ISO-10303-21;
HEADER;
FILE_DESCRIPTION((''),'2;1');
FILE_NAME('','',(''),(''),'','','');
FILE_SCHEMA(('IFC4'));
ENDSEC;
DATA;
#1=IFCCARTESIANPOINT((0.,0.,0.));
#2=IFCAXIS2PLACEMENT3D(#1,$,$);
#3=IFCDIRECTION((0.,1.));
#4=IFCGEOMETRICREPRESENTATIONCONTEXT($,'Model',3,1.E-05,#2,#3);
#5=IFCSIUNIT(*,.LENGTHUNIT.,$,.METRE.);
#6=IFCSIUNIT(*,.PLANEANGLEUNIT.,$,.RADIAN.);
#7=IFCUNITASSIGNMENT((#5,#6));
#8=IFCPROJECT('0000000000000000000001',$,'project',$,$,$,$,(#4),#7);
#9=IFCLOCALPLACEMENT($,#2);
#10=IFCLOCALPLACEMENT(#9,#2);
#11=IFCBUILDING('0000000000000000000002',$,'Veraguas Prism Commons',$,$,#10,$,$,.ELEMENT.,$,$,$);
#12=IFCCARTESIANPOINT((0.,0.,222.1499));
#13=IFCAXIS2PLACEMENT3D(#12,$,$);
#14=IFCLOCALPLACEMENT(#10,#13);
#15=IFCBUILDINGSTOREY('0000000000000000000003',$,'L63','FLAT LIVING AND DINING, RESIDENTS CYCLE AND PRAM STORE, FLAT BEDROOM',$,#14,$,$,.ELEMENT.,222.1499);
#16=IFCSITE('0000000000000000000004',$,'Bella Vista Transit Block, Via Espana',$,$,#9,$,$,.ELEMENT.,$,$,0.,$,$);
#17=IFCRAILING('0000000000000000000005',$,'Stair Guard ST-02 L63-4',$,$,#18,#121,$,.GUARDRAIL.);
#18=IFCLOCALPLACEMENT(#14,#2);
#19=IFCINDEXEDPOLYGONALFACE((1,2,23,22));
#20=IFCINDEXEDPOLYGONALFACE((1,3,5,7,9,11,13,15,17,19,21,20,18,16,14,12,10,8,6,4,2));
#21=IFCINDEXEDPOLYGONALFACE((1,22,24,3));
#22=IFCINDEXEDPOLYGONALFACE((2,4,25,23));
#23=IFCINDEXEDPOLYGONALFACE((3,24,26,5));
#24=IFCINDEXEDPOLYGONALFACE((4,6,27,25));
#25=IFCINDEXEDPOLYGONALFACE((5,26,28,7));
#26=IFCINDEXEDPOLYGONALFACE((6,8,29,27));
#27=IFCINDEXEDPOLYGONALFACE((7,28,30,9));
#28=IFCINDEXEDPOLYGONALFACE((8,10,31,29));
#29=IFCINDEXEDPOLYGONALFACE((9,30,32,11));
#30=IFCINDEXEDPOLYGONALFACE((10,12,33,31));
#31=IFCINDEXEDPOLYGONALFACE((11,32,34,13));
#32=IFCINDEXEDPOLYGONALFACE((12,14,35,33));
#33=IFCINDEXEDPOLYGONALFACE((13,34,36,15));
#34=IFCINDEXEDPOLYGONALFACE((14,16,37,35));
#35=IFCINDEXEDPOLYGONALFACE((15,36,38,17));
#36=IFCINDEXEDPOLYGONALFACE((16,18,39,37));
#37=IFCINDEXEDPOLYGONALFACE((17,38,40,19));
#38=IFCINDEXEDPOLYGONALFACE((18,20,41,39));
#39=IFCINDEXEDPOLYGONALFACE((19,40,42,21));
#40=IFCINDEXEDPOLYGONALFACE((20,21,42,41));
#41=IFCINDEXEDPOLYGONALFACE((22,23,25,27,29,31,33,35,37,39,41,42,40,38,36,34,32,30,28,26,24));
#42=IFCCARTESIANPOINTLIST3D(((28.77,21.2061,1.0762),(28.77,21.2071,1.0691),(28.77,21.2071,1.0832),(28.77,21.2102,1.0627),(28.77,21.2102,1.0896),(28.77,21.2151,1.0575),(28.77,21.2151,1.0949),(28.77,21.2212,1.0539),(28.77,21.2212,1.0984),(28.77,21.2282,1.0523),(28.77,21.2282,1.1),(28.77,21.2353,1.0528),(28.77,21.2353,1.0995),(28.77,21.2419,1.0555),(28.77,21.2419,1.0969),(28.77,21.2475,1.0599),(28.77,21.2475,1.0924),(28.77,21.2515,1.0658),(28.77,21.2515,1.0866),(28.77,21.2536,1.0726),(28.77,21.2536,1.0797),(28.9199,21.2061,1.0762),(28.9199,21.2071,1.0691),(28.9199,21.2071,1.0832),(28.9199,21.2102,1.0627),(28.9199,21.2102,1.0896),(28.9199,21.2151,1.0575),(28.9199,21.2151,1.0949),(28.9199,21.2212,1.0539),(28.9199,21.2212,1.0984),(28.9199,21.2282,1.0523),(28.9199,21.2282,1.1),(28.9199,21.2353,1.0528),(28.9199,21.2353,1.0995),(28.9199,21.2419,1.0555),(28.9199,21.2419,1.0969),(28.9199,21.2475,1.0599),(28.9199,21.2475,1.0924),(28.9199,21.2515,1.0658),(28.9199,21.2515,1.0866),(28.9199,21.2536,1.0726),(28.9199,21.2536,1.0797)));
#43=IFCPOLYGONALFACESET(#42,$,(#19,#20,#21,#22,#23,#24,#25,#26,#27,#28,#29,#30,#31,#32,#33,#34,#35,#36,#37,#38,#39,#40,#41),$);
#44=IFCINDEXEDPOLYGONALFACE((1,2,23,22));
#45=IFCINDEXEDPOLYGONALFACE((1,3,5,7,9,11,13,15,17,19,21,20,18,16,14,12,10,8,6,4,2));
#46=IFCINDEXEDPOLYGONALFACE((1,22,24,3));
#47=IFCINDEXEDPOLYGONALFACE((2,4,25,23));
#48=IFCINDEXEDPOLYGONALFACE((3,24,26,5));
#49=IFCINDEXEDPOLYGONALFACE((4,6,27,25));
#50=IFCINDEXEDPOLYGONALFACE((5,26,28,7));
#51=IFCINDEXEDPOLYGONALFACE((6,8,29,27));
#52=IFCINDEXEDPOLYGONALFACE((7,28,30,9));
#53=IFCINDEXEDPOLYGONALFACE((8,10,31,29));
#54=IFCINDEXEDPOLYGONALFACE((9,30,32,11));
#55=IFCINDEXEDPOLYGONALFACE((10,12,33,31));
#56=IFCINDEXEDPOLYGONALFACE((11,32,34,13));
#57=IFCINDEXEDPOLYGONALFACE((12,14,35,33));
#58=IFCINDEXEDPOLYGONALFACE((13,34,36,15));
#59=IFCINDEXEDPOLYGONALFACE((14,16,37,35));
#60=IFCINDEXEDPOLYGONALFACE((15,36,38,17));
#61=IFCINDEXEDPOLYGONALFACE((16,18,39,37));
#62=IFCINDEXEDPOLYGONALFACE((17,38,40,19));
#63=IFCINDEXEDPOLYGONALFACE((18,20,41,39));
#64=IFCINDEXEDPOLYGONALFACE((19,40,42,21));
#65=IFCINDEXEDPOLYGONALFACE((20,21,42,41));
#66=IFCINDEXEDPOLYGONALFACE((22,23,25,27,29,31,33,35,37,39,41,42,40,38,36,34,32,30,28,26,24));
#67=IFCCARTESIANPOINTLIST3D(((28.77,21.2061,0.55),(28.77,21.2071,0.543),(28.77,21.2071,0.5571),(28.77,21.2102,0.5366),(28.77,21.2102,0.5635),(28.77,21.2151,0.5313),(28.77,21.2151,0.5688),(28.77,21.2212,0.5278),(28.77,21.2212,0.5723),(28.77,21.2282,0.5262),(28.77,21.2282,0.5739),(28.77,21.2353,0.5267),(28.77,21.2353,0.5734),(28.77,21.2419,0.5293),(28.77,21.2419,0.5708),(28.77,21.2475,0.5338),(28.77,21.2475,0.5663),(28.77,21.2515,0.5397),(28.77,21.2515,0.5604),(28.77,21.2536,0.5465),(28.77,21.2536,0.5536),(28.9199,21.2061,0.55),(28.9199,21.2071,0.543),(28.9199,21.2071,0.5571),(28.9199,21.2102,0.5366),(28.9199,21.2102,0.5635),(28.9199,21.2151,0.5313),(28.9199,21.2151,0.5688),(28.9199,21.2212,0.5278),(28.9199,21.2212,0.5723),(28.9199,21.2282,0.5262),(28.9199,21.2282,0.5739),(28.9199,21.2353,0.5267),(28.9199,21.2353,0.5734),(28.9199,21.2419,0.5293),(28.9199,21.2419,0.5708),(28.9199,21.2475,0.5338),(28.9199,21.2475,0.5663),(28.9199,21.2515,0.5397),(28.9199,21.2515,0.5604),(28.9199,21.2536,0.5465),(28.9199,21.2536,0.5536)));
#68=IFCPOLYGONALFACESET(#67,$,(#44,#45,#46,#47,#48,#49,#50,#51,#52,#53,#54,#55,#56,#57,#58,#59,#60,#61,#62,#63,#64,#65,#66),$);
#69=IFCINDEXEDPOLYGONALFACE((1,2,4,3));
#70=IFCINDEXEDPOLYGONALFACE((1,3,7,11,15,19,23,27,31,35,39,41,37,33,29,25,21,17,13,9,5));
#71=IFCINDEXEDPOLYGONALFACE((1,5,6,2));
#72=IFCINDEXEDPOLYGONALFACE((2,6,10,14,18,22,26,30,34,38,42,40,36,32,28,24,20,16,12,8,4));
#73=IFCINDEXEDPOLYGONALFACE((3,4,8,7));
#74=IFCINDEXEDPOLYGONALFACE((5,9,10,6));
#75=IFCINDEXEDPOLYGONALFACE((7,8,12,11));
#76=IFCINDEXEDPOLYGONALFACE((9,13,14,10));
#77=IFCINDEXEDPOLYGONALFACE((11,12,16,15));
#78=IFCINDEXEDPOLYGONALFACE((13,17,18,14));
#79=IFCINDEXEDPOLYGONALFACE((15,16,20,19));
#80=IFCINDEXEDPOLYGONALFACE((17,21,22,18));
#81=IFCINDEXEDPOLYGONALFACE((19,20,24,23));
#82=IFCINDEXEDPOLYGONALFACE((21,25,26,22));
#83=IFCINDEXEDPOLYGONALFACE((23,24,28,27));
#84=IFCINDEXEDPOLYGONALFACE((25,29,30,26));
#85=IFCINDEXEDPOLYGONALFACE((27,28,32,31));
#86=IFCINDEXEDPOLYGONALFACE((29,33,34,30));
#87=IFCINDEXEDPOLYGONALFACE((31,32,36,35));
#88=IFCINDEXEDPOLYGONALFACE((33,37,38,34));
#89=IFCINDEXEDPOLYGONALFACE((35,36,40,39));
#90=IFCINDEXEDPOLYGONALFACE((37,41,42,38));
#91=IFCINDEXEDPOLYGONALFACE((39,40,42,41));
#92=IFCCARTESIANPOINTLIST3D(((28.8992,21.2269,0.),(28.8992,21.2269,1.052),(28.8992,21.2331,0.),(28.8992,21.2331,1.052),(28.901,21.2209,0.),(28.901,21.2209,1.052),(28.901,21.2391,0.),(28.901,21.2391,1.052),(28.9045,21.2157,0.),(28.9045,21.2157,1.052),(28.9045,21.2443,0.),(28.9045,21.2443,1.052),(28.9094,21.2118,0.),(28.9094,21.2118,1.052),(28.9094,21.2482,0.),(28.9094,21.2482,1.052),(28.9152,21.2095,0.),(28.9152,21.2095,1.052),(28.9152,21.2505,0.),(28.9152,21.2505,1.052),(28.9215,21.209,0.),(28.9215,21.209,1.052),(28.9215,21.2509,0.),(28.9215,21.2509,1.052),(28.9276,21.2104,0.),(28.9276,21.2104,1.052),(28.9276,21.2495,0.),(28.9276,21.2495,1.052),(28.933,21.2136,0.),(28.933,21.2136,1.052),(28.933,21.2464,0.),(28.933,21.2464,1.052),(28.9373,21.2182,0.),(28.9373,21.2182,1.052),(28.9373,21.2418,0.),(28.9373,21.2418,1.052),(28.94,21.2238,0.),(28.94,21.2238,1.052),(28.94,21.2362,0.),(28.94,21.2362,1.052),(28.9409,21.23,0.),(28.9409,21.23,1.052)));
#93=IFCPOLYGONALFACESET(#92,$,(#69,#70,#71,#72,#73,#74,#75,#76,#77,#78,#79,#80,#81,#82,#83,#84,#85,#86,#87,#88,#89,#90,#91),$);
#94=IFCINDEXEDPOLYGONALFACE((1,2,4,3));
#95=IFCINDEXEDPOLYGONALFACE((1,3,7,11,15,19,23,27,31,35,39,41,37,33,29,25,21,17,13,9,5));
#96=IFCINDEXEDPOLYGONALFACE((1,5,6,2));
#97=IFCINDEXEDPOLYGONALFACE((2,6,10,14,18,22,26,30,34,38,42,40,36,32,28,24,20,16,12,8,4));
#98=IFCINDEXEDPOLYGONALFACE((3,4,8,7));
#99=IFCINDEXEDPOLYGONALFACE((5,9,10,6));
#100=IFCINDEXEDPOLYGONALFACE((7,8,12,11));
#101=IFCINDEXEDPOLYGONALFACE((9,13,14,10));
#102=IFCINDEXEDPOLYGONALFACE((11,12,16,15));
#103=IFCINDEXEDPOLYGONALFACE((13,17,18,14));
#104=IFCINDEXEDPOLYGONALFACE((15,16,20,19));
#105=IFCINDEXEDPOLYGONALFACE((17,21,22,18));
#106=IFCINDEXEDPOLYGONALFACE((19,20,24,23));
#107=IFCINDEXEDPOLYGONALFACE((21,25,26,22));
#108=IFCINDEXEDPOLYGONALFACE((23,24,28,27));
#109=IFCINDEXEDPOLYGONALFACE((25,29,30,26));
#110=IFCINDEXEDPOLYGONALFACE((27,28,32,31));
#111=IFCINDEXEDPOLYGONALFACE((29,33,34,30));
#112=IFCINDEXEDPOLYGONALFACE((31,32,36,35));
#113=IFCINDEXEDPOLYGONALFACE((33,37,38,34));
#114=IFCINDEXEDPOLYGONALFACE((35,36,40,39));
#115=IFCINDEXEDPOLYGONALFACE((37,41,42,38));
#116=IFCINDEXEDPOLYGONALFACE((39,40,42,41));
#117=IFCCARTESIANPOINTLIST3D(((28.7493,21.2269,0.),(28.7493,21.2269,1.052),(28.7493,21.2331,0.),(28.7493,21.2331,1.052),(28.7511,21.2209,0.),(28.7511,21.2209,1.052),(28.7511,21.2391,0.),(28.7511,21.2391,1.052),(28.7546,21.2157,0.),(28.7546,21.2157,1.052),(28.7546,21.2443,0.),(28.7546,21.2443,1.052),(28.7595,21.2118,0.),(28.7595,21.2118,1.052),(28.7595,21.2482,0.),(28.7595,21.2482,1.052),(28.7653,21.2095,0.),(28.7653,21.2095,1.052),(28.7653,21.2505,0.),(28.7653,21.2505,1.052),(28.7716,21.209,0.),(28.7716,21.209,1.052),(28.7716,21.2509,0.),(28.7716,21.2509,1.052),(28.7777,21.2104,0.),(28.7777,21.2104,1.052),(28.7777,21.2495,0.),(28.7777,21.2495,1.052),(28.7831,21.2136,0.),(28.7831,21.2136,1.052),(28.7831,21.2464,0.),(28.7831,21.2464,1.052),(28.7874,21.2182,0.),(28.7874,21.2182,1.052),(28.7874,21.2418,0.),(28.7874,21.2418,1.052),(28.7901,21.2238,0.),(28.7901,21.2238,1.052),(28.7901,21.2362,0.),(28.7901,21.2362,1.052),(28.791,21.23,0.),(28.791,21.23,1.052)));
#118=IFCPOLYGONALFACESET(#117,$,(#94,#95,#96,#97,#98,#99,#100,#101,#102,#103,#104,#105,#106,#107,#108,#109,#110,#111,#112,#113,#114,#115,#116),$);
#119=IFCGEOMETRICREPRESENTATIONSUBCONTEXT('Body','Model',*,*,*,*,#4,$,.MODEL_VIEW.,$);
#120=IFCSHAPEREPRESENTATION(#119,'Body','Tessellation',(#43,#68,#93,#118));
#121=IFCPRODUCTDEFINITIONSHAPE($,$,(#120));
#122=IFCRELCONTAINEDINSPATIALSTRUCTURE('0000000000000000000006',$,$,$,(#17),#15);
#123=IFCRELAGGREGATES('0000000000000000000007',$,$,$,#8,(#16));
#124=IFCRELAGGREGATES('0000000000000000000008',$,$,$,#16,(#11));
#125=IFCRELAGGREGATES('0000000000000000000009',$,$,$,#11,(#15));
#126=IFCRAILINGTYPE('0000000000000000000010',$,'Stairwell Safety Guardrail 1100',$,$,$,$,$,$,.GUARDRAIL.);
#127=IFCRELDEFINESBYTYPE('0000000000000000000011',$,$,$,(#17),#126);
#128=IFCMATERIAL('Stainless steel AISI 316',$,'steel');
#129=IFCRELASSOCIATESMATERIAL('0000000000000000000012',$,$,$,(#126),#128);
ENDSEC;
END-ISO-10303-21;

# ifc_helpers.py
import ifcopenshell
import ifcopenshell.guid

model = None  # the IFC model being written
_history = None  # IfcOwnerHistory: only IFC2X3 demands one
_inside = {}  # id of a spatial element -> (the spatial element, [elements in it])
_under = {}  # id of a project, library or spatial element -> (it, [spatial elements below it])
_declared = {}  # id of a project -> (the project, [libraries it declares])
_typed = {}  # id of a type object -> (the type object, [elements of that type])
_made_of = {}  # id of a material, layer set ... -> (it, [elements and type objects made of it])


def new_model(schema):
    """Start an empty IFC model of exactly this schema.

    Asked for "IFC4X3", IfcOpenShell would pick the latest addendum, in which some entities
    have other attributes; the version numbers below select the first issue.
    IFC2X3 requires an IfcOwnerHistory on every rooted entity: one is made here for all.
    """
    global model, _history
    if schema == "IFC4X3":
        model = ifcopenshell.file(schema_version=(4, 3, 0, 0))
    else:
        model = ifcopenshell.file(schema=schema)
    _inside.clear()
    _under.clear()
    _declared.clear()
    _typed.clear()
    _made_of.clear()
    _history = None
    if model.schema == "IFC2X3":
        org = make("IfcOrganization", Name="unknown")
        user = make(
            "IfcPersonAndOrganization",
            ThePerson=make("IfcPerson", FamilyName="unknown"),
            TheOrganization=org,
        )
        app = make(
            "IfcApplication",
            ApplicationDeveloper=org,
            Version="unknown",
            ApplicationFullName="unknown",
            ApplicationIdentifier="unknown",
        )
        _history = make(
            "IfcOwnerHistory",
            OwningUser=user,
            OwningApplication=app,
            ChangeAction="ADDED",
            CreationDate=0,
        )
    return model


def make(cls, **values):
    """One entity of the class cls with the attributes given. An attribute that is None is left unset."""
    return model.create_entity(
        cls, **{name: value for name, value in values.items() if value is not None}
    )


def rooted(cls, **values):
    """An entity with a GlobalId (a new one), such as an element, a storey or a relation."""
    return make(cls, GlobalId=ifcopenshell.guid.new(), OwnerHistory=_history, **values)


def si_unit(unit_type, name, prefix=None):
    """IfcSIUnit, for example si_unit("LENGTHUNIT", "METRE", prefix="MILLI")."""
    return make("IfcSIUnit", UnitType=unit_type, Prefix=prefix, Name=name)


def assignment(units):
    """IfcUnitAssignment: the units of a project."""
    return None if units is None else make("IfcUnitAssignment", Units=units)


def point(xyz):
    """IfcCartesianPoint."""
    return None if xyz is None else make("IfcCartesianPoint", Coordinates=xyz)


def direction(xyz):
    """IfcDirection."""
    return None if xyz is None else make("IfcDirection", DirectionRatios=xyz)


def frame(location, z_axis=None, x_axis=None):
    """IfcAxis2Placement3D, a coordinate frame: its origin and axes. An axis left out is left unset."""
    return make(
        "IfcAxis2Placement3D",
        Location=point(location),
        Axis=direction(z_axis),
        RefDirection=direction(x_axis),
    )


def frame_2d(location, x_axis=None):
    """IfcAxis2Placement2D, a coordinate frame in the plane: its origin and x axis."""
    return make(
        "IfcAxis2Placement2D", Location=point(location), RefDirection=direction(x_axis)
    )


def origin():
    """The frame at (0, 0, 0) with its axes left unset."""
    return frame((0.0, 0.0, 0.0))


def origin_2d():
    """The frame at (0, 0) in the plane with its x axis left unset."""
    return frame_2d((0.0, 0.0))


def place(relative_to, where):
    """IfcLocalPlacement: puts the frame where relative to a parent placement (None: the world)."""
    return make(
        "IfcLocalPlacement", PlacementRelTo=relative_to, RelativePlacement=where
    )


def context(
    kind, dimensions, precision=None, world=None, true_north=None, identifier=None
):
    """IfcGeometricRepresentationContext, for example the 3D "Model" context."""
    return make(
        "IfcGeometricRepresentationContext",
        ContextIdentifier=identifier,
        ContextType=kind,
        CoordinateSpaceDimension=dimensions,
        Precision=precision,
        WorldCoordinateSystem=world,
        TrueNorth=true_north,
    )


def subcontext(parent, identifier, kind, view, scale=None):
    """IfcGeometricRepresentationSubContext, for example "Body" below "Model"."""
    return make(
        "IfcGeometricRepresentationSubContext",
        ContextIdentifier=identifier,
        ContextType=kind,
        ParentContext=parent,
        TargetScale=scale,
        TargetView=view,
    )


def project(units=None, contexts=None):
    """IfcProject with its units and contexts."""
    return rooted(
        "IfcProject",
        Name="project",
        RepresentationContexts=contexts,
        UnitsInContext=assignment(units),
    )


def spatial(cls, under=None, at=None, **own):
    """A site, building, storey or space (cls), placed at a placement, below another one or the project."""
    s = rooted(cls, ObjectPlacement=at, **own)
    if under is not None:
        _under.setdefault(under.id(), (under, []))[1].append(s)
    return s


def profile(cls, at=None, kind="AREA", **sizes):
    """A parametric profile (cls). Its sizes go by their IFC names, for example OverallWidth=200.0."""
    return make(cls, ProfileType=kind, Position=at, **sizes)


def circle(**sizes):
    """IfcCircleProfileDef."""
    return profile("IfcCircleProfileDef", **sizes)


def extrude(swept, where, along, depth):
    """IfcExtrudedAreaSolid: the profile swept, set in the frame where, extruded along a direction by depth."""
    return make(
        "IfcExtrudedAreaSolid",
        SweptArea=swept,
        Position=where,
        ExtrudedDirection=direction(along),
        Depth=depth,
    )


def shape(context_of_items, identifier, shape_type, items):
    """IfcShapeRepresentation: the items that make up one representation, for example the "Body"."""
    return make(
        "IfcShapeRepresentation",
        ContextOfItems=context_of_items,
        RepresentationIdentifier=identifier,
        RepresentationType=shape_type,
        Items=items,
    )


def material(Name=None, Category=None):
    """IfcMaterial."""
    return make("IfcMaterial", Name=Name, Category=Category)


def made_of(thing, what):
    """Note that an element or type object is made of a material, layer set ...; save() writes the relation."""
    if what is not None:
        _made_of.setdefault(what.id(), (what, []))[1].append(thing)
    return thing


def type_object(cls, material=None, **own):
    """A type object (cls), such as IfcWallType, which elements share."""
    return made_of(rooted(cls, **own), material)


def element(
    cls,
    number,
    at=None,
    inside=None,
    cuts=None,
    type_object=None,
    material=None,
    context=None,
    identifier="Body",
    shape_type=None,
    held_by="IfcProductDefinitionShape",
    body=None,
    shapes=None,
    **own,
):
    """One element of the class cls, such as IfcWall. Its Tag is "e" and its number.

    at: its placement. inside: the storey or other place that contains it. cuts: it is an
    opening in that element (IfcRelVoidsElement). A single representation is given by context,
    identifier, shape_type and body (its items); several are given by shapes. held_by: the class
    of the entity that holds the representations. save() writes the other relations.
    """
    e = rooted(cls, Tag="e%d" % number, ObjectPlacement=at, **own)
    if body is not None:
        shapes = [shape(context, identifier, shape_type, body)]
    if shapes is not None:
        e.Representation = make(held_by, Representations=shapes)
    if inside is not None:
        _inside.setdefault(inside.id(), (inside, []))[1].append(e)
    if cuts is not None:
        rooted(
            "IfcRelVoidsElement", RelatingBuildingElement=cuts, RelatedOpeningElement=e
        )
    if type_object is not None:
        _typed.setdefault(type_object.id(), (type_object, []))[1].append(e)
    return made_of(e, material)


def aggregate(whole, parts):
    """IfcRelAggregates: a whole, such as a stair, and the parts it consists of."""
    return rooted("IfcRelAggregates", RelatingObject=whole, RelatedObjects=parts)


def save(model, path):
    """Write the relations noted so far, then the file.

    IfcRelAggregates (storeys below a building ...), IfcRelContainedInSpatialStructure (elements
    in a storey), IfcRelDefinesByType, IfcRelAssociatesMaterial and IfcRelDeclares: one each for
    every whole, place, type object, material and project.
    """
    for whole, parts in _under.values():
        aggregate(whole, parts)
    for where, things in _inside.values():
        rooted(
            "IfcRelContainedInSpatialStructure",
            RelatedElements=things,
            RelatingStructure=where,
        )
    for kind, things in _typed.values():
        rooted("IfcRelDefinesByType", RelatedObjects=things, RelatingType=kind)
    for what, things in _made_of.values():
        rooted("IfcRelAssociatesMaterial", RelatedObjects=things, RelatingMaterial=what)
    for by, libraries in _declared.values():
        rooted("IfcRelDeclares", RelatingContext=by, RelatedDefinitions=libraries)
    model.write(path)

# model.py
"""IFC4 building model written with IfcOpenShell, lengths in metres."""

from ifc_helpers import new_model, si_unit, direction, frame, origin, origin_2d, place, context, subcontext, project, spatial, circle, extrude, material, type_object, element, save


model = new_model("IFC4")

# Units and contexts
model_context = context("Model", 3, precision=1e-05, world=origin(), true_north=direction((0.0, 1.0)))
body_context = subcontext(model_context, "Body", "Model", "MODEL_VIEW")
ifc_project = project(units=[si_unit("LENGTHUNIT", "METRE"), si_unit("PLANEANGLEUNIT", "RADIAN")], contexts=[model_context])

# Site, building, storey
site_placement = place(None, origin())
site = spatial("IfcSite", under=ifc_project, at=site_placement, Name="Bella Vista Transit Block, Via Espana", CompositionType="ELEMENT", RefElevation=0.0)
building_placement = place(site_placement, origin())
building = spatial("IfcBuilding", under=site, at=building_placement, Name="Veraguas Prism Commons", CompositionType="ELEMENT")
storey_placement = place(building_placement, frame((0.0, 0.0, 222.1499)))
storey = spatial("IfcBuildingStorey", under=building, at=storey_placement, Name="L63", Description="FLAT LIVING AND DINING, RESIDENTS CYCLE AND PRAM STORE, FLAT BEDROOM", CompositionType="ELEMENT", Elevation=222.1499)

# Shared definitions
ifc_material_1 = material(Name="Stainless steel AISI 316", Category="steel")

# Railing
railing_type_1 = type_object("IfcRailingType", Name="Stairwell Safety Guardrail 1100", PredefinedType="GUARDRAIL", material=ifc_material_1)
railing_1_placement = place(storey_placement, frame((28.9199, 21.23, 0.0)))
element("IfcRailing", 1, at=railing_1_placement, inside=storey, type_object=railing_type_1, Name="Stair Guard ST-02 L63-4", PredefinedType="GUARDRAIL", context=body_context, shape_type="SweptSolid", body=[
    extrude(circle(Radius=0.0239, at=origin_2d()), frame((0.0, 0.0, 1.0762), z_axis=(-1.0, 0.0, 0.0), x_axis=(0.0, -1.0, 0.0)), (0.0, 0.0, 1.0), 0.1499),
    extrude(circle(Radius=0.0239, at=origin_2d()), frame((0.0, 0.0, 0.55), z_axis=(-1.0, 0.0, 0.0), x_axis=(0.0, -1.0, 0.0)), (0.0, 0.0, 1.0), 0.1499),
    extrude(circle(Radius=0.021, at=origin_2d()), origin(), (0.0, 0.0, 1.0), 1.052),
    extrude(circle(Radius=0.021, at=origin_2d()), frame((-0.1499, 0.0, 0.0)), (0.0, 0.0, 1.0), 1.052),
])

save(model, "model.ifc")
